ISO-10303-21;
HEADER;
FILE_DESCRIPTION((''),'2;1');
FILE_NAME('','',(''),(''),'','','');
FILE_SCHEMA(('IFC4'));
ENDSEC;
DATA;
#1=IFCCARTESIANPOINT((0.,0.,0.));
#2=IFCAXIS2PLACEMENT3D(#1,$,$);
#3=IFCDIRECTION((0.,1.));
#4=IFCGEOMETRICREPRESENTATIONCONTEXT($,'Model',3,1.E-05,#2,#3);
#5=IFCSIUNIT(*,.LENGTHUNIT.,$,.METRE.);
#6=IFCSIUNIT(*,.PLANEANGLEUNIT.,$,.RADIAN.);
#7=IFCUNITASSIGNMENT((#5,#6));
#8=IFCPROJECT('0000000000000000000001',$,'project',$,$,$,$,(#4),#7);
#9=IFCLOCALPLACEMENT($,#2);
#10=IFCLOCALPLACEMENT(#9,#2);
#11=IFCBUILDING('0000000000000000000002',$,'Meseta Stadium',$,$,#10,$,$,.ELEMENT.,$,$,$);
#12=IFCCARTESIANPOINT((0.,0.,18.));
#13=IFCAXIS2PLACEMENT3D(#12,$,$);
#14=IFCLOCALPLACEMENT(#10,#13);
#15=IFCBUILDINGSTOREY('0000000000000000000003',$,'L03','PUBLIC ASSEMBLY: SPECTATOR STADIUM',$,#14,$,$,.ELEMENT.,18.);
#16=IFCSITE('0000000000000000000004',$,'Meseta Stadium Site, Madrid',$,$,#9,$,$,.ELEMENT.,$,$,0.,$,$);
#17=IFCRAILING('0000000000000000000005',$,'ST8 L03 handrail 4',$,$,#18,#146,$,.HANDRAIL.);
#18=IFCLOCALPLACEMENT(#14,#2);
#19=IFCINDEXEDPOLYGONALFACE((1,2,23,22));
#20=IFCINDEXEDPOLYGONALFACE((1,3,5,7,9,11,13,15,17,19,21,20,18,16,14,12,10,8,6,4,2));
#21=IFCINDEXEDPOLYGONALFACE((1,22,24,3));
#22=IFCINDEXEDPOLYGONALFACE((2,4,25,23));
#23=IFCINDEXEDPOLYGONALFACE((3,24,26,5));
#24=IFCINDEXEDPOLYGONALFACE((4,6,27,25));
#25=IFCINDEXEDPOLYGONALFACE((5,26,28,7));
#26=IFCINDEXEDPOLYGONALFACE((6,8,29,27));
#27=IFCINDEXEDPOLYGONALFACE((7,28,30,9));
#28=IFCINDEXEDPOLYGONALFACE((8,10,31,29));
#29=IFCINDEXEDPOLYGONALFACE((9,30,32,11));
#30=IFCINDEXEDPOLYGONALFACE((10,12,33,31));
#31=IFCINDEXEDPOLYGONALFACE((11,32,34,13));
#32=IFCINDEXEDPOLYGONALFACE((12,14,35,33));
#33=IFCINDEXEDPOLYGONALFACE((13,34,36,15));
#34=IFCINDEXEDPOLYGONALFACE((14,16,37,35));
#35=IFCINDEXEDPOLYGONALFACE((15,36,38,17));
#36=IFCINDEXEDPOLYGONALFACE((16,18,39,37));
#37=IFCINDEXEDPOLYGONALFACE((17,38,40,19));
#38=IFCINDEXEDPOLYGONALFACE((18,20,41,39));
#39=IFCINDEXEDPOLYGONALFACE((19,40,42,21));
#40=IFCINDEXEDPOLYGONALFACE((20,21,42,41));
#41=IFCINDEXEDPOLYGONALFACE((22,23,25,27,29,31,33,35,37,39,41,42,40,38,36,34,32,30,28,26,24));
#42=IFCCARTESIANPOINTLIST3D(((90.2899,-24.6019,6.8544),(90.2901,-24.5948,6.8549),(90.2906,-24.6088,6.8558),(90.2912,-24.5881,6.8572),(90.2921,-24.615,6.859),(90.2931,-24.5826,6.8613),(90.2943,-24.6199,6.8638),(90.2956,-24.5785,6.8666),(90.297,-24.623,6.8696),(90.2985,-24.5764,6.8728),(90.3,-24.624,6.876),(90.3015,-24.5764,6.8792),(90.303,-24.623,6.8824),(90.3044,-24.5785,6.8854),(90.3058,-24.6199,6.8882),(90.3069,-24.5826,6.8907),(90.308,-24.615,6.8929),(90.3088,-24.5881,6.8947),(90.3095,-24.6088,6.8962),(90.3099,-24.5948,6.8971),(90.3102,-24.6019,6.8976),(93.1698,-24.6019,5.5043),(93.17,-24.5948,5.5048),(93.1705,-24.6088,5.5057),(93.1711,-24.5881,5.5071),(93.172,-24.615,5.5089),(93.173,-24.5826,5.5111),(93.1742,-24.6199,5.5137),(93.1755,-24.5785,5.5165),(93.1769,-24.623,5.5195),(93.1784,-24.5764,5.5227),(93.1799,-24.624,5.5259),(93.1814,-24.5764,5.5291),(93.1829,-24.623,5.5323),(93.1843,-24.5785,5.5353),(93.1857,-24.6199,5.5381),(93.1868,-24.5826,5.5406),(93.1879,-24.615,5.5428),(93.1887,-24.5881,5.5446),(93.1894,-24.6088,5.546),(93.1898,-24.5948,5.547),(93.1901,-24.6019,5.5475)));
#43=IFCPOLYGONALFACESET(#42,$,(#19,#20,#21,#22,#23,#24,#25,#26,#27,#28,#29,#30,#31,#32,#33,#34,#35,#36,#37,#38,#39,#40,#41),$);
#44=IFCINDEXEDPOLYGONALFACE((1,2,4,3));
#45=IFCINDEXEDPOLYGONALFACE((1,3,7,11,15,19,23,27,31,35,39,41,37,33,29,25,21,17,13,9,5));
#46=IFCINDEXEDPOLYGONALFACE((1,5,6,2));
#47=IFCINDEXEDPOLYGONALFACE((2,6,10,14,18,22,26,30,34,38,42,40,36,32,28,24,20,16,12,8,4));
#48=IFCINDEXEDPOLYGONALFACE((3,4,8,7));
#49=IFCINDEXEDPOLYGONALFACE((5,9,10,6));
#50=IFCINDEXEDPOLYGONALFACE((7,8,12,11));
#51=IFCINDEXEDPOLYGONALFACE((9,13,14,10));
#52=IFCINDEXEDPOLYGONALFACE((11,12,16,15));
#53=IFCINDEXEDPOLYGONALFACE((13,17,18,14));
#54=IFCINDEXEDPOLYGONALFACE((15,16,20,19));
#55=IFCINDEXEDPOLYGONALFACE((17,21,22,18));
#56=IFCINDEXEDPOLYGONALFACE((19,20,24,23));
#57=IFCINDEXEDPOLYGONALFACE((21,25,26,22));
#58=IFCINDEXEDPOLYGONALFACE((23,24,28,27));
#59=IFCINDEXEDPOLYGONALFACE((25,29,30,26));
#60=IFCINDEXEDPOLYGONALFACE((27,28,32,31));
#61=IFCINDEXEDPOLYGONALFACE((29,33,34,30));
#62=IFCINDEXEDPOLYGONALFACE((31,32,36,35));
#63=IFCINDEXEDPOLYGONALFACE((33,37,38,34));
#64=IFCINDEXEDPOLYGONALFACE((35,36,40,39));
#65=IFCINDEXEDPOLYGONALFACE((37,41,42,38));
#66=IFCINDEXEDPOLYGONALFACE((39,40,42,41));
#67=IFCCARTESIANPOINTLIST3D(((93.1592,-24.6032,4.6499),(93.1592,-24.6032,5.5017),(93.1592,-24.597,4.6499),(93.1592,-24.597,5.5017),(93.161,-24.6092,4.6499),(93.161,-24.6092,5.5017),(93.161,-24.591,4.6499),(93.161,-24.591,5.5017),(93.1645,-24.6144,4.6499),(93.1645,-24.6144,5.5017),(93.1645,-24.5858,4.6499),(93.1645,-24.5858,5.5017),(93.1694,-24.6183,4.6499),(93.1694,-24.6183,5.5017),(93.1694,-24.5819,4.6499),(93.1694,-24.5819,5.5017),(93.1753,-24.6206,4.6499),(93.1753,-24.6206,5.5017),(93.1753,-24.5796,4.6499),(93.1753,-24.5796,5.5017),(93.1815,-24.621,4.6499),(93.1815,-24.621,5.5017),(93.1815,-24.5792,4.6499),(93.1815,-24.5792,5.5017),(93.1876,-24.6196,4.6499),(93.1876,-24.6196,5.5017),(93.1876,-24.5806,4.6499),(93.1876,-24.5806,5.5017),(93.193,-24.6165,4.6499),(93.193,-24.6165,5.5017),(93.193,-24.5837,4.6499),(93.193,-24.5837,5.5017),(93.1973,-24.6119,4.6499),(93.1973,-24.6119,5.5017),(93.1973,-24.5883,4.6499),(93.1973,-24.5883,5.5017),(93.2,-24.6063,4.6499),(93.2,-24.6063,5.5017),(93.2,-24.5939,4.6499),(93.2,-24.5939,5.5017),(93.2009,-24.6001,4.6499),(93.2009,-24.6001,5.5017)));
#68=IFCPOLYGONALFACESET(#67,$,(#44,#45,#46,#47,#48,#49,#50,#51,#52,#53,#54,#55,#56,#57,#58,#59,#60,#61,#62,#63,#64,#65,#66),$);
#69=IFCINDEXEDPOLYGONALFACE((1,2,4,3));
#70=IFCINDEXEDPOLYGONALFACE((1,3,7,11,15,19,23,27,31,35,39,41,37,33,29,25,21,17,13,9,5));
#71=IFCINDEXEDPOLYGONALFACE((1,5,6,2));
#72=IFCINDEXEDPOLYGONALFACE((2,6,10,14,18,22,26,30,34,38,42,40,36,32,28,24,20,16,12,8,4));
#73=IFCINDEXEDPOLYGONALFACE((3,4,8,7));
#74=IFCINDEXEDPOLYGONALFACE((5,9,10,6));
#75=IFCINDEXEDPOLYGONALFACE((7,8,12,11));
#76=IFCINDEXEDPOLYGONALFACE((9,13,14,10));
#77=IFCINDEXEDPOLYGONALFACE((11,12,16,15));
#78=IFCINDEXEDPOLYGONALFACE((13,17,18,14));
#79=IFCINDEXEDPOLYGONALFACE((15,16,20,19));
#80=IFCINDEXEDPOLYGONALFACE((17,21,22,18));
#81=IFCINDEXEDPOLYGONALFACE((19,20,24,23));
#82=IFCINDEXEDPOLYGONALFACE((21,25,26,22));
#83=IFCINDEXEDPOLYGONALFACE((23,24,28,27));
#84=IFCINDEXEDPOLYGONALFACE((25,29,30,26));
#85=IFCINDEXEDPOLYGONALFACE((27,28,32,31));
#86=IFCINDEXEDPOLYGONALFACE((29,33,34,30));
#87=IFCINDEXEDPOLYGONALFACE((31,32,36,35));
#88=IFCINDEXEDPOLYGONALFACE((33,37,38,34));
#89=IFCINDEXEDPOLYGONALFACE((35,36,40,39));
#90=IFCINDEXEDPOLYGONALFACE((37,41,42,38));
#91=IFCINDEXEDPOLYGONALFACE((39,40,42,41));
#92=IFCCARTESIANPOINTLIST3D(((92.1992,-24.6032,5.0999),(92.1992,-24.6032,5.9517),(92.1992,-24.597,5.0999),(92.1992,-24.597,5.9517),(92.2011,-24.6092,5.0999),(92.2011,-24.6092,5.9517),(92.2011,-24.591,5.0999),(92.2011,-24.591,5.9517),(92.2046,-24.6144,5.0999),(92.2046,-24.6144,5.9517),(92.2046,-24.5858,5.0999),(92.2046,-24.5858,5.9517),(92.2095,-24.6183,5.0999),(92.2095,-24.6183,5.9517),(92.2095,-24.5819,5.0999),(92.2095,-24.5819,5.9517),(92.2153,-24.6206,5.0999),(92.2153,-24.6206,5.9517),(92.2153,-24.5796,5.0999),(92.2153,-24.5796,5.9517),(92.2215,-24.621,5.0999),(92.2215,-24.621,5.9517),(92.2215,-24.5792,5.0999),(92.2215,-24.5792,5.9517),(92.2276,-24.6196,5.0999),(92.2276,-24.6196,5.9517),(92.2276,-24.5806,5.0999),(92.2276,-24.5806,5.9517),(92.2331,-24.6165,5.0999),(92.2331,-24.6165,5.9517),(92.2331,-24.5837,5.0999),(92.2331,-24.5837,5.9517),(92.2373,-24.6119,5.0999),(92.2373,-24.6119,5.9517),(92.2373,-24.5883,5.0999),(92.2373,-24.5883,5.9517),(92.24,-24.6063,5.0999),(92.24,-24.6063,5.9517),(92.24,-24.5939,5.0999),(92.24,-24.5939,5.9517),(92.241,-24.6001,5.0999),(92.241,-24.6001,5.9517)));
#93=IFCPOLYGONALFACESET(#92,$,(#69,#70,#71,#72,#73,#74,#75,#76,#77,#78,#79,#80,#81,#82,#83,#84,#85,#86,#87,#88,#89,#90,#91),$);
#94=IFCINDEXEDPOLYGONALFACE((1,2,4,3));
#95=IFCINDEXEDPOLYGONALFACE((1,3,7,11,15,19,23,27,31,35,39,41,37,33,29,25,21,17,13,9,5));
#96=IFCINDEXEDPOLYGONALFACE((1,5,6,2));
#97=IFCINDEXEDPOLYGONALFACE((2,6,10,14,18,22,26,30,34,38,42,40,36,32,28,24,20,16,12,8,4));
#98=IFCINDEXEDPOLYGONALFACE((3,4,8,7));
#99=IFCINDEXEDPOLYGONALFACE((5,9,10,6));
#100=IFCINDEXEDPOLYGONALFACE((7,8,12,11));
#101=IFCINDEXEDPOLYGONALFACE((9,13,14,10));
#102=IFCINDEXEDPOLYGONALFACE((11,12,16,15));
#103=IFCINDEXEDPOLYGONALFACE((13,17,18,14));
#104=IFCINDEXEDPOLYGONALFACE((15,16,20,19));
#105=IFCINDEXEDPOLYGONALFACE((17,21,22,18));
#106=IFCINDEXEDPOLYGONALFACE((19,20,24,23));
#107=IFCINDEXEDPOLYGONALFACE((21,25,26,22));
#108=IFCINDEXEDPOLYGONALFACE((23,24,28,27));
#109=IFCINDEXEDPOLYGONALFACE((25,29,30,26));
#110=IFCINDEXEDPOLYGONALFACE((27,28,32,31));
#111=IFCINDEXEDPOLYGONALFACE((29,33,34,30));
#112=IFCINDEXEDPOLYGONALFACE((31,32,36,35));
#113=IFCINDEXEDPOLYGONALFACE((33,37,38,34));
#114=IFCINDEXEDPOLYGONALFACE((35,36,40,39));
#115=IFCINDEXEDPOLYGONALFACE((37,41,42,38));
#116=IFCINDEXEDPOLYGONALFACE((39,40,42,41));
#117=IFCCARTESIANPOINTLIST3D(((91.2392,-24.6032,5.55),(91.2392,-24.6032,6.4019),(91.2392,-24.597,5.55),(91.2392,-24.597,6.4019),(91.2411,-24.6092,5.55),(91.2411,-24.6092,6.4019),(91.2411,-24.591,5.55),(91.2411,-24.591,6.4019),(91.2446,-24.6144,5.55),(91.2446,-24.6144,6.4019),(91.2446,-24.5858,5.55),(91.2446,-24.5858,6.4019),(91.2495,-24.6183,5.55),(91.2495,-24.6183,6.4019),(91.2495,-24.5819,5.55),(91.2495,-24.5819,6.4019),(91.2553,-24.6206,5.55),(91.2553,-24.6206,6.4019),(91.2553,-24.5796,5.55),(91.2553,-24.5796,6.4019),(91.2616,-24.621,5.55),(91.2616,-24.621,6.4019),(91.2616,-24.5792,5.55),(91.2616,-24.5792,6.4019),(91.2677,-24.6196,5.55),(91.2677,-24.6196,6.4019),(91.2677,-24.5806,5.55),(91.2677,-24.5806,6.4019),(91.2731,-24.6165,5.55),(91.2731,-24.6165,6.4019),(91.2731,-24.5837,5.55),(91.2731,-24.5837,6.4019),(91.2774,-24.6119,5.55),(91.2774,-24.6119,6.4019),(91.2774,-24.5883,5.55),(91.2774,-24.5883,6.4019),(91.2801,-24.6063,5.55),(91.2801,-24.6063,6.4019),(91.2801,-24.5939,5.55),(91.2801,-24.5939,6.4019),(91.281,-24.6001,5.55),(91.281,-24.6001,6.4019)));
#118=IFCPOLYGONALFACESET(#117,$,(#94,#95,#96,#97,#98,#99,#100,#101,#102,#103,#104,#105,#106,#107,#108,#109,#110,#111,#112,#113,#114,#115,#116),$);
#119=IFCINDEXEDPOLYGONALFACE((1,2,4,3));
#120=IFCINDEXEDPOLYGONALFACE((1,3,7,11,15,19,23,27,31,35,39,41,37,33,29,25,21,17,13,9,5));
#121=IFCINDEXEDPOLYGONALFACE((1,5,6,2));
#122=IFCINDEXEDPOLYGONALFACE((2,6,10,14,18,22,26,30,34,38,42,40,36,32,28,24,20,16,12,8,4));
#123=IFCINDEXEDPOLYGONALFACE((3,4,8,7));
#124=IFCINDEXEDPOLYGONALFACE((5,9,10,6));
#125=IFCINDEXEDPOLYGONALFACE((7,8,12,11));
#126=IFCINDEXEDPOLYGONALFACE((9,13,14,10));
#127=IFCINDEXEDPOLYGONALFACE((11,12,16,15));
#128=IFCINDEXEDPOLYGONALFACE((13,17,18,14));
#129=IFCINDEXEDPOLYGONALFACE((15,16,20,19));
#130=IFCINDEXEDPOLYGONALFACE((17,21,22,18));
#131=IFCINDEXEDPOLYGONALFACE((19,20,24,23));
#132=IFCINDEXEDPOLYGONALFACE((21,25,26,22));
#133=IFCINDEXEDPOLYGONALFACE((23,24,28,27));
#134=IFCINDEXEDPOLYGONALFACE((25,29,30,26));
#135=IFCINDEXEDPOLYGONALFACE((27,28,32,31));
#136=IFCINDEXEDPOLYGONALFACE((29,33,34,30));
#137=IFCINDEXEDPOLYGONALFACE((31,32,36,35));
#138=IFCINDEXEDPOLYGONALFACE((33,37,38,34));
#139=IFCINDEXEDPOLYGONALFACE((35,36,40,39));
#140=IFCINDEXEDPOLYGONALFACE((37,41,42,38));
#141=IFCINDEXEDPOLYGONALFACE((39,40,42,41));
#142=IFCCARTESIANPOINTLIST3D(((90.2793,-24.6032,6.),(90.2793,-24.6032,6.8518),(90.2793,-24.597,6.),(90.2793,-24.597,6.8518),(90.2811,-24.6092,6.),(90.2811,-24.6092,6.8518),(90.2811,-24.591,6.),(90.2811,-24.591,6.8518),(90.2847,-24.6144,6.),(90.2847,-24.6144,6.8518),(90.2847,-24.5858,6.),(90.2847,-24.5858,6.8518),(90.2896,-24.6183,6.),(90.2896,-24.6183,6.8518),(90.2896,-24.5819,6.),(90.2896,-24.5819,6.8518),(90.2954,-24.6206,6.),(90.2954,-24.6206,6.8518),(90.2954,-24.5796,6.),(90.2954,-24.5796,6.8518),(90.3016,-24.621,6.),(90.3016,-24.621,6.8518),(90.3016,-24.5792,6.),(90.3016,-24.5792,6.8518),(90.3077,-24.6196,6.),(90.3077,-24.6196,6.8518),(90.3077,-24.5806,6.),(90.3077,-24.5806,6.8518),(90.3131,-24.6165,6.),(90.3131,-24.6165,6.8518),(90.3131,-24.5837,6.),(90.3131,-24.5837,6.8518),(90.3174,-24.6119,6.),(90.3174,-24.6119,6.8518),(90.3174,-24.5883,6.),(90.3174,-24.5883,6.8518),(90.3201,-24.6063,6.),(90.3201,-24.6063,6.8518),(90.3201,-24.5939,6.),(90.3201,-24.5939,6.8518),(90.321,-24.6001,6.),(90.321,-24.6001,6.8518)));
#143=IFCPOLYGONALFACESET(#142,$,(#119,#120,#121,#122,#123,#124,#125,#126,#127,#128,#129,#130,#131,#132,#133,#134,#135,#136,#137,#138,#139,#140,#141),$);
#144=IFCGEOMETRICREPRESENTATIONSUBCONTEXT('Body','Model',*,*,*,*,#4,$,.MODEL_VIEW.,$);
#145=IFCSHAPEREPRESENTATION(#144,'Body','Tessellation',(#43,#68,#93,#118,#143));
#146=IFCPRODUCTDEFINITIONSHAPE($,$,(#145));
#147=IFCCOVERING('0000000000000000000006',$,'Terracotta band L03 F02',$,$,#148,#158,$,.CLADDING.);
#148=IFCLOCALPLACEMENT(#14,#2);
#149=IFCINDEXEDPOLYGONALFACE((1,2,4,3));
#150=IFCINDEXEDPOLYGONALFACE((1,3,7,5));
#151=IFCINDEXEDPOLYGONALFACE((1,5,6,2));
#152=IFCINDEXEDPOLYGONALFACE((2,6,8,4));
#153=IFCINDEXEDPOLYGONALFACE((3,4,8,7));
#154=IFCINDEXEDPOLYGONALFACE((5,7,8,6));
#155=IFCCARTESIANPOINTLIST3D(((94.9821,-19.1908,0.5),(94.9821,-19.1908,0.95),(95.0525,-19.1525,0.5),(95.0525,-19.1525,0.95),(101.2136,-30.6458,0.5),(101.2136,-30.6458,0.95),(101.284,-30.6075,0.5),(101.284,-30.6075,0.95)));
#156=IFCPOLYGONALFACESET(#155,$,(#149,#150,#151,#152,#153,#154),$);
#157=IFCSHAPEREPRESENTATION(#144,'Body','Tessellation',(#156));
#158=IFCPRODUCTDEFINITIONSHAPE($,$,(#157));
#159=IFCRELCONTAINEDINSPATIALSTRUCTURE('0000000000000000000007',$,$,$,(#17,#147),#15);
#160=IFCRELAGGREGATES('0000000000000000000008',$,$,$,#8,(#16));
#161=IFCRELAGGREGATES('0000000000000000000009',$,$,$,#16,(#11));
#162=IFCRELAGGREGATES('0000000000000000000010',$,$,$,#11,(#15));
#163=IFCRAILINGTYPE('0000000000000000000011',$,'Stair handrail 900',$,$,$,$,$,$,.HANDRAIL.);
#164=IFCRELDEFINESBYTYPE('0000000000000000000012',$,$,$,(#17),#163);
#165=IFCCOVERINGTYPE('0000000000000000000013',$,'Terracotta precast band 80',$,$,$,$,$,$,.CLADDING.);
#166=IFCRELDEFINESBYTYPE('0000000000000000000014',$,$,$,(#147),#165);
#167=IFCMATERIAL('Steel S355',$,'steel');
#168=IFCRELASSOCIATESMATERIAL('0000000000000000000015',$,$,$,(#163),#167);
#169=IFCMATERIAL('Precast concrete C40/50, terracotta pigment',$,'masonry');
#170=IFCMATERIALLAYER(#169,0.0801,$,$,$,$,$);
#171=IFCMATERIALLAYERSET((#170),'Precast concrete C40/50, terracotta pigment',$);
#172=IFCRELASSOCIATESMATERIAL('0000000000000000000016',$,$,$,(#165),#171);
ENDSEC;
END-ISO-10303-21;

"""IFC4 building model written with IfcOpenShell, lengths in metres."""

from ifc_helpers import new_model, si_unit, direction, frame, origin, origin_2d, place, context, subcontext, project, spatial, rectangle, circle, extrude, material, layer, layer_set, type_object, element, save


model = new_model("IFC4")

# Units and contexts
model_context = context("Model", 3, precision=1e-05, world=origin(), true_north=direction((0.0, 1.0)))
body_context = subcontext(model_context, "Body", "Model", "MODEL_VIEW")
ifc_project = project(units=[si_unit("LENGTHUNIT", "METRE"), si_unit("PLANEANGLEUNIT", "RADIAN")], contexts=[model_context])

# Site, building, storey
site_placement = place(None, origin())
site = spatial("IfcSite", under=ifc_project, at=site_placement, Name="Meseta Stadium Site, Madrid", CompositionType="ELEMENT", RefElevation=0.0)
building_placement = place(site_placement, origin())
building = spatial("IfcBuilding", under=site, at=building_placement, Name="Meseta Stadium", CompositionType="ELEMENT")
storey_placement = place(building_placement, frame((0.0, 0.0, 18.0)))
storey = spatial("IfcBuildingStorey", under=building, at=storey_placement, Name="L03", Description="PUBLIC ASSEMBLY: SPECTATOR STADIUM", CompositionType="ELEMENT", Elevation=18.0)

# Railing
ifc_material_1 = material(Name="Steel S355", Category="steel")
railing_type_1 = type_object("IfcRailingType", Name="Stair handrail 900", PredefinedType="HANDRAIL", material=ifc_material_1)
for number, where, name in (
    (1, (93.1799, -24.6001, 4.6499), "ST8 L03 handrail 4"),
):
    element("IfcRailing", number, at=place(storey_placement, frame(where)), inside=storey, type_object=railing_type_1, Name=name, PredefinedType="HANDRAIL", context=body_context, shape_type="SweptSolid", body=[
        extrude(circle(Radius=0.0239, at=origin_2d()), frame((0.0, 0.0, 0.876), z_axis=(-0.90544, 0.0, 0.424473), x_axis=(0.0, -1.0, 0.0)), (0.0, 0.0, 1.0), 3.1807),
        extrude(circle(Radius=0.021, at=origin_2d()), origin(), (0.0, 0.0, 1.0), 0.8518),
        extrude(circle(Radius=0.021, at=origin_2d()), frame((-0.96, 0.0, 0.45)), (0.0, 0.0, 1.0), 0.8518),
        extrude(circle(Radius=0.021, at=origin_2d()), frame((-1.9199, 0.0, 0.9001)), (0.0, 0.0, 1.0), 0.8518),
        extrude(circle(Radius=0.021, at=origin_2d()), frame((-2.8799, 0.0, 1.3501)), (0.0, 0.0, 1.0), 0.8518),
    ])

# Covering
ifc_material_2 = material(Name="Precast concrete C40/50, terracotta pigment", Category="masonry")
ifc_layer_1 = layer(ifc_material_2, 0.0801)
ifc_layer_set_1 = layer_set([ifc_layer_1], Name="Precast concrete C40/50, terracotta pigment")
covering_type_1 = type_object("IfcCoveringType", Name="Terracotta precast band 80", PredefinedType="CLADDING", material=ifc_layer_set_1)
covering_1_placement = place(storey_placement, frame((98.1331, -24.8992, 0.5), z_axis=(0.0, 0.0, 1.0), x_axis=(0.477867, -0.878432, 0.0)))
element("IfcCovering", 2, at=covering_1_placement, inside=storey, type_object=covering_type_1, Name="Terracotta band L03 F02", PredefinedType="CLADDING", context=body_context, shape_type="SweptSolid", body=[
    extrude(rectangle(XDim=13.0403, YDim=0.0801, at=origin_2d()), origin(), (0.0, 0.0, 1.0), 0.45),
])

save(model, "model.ifc")
